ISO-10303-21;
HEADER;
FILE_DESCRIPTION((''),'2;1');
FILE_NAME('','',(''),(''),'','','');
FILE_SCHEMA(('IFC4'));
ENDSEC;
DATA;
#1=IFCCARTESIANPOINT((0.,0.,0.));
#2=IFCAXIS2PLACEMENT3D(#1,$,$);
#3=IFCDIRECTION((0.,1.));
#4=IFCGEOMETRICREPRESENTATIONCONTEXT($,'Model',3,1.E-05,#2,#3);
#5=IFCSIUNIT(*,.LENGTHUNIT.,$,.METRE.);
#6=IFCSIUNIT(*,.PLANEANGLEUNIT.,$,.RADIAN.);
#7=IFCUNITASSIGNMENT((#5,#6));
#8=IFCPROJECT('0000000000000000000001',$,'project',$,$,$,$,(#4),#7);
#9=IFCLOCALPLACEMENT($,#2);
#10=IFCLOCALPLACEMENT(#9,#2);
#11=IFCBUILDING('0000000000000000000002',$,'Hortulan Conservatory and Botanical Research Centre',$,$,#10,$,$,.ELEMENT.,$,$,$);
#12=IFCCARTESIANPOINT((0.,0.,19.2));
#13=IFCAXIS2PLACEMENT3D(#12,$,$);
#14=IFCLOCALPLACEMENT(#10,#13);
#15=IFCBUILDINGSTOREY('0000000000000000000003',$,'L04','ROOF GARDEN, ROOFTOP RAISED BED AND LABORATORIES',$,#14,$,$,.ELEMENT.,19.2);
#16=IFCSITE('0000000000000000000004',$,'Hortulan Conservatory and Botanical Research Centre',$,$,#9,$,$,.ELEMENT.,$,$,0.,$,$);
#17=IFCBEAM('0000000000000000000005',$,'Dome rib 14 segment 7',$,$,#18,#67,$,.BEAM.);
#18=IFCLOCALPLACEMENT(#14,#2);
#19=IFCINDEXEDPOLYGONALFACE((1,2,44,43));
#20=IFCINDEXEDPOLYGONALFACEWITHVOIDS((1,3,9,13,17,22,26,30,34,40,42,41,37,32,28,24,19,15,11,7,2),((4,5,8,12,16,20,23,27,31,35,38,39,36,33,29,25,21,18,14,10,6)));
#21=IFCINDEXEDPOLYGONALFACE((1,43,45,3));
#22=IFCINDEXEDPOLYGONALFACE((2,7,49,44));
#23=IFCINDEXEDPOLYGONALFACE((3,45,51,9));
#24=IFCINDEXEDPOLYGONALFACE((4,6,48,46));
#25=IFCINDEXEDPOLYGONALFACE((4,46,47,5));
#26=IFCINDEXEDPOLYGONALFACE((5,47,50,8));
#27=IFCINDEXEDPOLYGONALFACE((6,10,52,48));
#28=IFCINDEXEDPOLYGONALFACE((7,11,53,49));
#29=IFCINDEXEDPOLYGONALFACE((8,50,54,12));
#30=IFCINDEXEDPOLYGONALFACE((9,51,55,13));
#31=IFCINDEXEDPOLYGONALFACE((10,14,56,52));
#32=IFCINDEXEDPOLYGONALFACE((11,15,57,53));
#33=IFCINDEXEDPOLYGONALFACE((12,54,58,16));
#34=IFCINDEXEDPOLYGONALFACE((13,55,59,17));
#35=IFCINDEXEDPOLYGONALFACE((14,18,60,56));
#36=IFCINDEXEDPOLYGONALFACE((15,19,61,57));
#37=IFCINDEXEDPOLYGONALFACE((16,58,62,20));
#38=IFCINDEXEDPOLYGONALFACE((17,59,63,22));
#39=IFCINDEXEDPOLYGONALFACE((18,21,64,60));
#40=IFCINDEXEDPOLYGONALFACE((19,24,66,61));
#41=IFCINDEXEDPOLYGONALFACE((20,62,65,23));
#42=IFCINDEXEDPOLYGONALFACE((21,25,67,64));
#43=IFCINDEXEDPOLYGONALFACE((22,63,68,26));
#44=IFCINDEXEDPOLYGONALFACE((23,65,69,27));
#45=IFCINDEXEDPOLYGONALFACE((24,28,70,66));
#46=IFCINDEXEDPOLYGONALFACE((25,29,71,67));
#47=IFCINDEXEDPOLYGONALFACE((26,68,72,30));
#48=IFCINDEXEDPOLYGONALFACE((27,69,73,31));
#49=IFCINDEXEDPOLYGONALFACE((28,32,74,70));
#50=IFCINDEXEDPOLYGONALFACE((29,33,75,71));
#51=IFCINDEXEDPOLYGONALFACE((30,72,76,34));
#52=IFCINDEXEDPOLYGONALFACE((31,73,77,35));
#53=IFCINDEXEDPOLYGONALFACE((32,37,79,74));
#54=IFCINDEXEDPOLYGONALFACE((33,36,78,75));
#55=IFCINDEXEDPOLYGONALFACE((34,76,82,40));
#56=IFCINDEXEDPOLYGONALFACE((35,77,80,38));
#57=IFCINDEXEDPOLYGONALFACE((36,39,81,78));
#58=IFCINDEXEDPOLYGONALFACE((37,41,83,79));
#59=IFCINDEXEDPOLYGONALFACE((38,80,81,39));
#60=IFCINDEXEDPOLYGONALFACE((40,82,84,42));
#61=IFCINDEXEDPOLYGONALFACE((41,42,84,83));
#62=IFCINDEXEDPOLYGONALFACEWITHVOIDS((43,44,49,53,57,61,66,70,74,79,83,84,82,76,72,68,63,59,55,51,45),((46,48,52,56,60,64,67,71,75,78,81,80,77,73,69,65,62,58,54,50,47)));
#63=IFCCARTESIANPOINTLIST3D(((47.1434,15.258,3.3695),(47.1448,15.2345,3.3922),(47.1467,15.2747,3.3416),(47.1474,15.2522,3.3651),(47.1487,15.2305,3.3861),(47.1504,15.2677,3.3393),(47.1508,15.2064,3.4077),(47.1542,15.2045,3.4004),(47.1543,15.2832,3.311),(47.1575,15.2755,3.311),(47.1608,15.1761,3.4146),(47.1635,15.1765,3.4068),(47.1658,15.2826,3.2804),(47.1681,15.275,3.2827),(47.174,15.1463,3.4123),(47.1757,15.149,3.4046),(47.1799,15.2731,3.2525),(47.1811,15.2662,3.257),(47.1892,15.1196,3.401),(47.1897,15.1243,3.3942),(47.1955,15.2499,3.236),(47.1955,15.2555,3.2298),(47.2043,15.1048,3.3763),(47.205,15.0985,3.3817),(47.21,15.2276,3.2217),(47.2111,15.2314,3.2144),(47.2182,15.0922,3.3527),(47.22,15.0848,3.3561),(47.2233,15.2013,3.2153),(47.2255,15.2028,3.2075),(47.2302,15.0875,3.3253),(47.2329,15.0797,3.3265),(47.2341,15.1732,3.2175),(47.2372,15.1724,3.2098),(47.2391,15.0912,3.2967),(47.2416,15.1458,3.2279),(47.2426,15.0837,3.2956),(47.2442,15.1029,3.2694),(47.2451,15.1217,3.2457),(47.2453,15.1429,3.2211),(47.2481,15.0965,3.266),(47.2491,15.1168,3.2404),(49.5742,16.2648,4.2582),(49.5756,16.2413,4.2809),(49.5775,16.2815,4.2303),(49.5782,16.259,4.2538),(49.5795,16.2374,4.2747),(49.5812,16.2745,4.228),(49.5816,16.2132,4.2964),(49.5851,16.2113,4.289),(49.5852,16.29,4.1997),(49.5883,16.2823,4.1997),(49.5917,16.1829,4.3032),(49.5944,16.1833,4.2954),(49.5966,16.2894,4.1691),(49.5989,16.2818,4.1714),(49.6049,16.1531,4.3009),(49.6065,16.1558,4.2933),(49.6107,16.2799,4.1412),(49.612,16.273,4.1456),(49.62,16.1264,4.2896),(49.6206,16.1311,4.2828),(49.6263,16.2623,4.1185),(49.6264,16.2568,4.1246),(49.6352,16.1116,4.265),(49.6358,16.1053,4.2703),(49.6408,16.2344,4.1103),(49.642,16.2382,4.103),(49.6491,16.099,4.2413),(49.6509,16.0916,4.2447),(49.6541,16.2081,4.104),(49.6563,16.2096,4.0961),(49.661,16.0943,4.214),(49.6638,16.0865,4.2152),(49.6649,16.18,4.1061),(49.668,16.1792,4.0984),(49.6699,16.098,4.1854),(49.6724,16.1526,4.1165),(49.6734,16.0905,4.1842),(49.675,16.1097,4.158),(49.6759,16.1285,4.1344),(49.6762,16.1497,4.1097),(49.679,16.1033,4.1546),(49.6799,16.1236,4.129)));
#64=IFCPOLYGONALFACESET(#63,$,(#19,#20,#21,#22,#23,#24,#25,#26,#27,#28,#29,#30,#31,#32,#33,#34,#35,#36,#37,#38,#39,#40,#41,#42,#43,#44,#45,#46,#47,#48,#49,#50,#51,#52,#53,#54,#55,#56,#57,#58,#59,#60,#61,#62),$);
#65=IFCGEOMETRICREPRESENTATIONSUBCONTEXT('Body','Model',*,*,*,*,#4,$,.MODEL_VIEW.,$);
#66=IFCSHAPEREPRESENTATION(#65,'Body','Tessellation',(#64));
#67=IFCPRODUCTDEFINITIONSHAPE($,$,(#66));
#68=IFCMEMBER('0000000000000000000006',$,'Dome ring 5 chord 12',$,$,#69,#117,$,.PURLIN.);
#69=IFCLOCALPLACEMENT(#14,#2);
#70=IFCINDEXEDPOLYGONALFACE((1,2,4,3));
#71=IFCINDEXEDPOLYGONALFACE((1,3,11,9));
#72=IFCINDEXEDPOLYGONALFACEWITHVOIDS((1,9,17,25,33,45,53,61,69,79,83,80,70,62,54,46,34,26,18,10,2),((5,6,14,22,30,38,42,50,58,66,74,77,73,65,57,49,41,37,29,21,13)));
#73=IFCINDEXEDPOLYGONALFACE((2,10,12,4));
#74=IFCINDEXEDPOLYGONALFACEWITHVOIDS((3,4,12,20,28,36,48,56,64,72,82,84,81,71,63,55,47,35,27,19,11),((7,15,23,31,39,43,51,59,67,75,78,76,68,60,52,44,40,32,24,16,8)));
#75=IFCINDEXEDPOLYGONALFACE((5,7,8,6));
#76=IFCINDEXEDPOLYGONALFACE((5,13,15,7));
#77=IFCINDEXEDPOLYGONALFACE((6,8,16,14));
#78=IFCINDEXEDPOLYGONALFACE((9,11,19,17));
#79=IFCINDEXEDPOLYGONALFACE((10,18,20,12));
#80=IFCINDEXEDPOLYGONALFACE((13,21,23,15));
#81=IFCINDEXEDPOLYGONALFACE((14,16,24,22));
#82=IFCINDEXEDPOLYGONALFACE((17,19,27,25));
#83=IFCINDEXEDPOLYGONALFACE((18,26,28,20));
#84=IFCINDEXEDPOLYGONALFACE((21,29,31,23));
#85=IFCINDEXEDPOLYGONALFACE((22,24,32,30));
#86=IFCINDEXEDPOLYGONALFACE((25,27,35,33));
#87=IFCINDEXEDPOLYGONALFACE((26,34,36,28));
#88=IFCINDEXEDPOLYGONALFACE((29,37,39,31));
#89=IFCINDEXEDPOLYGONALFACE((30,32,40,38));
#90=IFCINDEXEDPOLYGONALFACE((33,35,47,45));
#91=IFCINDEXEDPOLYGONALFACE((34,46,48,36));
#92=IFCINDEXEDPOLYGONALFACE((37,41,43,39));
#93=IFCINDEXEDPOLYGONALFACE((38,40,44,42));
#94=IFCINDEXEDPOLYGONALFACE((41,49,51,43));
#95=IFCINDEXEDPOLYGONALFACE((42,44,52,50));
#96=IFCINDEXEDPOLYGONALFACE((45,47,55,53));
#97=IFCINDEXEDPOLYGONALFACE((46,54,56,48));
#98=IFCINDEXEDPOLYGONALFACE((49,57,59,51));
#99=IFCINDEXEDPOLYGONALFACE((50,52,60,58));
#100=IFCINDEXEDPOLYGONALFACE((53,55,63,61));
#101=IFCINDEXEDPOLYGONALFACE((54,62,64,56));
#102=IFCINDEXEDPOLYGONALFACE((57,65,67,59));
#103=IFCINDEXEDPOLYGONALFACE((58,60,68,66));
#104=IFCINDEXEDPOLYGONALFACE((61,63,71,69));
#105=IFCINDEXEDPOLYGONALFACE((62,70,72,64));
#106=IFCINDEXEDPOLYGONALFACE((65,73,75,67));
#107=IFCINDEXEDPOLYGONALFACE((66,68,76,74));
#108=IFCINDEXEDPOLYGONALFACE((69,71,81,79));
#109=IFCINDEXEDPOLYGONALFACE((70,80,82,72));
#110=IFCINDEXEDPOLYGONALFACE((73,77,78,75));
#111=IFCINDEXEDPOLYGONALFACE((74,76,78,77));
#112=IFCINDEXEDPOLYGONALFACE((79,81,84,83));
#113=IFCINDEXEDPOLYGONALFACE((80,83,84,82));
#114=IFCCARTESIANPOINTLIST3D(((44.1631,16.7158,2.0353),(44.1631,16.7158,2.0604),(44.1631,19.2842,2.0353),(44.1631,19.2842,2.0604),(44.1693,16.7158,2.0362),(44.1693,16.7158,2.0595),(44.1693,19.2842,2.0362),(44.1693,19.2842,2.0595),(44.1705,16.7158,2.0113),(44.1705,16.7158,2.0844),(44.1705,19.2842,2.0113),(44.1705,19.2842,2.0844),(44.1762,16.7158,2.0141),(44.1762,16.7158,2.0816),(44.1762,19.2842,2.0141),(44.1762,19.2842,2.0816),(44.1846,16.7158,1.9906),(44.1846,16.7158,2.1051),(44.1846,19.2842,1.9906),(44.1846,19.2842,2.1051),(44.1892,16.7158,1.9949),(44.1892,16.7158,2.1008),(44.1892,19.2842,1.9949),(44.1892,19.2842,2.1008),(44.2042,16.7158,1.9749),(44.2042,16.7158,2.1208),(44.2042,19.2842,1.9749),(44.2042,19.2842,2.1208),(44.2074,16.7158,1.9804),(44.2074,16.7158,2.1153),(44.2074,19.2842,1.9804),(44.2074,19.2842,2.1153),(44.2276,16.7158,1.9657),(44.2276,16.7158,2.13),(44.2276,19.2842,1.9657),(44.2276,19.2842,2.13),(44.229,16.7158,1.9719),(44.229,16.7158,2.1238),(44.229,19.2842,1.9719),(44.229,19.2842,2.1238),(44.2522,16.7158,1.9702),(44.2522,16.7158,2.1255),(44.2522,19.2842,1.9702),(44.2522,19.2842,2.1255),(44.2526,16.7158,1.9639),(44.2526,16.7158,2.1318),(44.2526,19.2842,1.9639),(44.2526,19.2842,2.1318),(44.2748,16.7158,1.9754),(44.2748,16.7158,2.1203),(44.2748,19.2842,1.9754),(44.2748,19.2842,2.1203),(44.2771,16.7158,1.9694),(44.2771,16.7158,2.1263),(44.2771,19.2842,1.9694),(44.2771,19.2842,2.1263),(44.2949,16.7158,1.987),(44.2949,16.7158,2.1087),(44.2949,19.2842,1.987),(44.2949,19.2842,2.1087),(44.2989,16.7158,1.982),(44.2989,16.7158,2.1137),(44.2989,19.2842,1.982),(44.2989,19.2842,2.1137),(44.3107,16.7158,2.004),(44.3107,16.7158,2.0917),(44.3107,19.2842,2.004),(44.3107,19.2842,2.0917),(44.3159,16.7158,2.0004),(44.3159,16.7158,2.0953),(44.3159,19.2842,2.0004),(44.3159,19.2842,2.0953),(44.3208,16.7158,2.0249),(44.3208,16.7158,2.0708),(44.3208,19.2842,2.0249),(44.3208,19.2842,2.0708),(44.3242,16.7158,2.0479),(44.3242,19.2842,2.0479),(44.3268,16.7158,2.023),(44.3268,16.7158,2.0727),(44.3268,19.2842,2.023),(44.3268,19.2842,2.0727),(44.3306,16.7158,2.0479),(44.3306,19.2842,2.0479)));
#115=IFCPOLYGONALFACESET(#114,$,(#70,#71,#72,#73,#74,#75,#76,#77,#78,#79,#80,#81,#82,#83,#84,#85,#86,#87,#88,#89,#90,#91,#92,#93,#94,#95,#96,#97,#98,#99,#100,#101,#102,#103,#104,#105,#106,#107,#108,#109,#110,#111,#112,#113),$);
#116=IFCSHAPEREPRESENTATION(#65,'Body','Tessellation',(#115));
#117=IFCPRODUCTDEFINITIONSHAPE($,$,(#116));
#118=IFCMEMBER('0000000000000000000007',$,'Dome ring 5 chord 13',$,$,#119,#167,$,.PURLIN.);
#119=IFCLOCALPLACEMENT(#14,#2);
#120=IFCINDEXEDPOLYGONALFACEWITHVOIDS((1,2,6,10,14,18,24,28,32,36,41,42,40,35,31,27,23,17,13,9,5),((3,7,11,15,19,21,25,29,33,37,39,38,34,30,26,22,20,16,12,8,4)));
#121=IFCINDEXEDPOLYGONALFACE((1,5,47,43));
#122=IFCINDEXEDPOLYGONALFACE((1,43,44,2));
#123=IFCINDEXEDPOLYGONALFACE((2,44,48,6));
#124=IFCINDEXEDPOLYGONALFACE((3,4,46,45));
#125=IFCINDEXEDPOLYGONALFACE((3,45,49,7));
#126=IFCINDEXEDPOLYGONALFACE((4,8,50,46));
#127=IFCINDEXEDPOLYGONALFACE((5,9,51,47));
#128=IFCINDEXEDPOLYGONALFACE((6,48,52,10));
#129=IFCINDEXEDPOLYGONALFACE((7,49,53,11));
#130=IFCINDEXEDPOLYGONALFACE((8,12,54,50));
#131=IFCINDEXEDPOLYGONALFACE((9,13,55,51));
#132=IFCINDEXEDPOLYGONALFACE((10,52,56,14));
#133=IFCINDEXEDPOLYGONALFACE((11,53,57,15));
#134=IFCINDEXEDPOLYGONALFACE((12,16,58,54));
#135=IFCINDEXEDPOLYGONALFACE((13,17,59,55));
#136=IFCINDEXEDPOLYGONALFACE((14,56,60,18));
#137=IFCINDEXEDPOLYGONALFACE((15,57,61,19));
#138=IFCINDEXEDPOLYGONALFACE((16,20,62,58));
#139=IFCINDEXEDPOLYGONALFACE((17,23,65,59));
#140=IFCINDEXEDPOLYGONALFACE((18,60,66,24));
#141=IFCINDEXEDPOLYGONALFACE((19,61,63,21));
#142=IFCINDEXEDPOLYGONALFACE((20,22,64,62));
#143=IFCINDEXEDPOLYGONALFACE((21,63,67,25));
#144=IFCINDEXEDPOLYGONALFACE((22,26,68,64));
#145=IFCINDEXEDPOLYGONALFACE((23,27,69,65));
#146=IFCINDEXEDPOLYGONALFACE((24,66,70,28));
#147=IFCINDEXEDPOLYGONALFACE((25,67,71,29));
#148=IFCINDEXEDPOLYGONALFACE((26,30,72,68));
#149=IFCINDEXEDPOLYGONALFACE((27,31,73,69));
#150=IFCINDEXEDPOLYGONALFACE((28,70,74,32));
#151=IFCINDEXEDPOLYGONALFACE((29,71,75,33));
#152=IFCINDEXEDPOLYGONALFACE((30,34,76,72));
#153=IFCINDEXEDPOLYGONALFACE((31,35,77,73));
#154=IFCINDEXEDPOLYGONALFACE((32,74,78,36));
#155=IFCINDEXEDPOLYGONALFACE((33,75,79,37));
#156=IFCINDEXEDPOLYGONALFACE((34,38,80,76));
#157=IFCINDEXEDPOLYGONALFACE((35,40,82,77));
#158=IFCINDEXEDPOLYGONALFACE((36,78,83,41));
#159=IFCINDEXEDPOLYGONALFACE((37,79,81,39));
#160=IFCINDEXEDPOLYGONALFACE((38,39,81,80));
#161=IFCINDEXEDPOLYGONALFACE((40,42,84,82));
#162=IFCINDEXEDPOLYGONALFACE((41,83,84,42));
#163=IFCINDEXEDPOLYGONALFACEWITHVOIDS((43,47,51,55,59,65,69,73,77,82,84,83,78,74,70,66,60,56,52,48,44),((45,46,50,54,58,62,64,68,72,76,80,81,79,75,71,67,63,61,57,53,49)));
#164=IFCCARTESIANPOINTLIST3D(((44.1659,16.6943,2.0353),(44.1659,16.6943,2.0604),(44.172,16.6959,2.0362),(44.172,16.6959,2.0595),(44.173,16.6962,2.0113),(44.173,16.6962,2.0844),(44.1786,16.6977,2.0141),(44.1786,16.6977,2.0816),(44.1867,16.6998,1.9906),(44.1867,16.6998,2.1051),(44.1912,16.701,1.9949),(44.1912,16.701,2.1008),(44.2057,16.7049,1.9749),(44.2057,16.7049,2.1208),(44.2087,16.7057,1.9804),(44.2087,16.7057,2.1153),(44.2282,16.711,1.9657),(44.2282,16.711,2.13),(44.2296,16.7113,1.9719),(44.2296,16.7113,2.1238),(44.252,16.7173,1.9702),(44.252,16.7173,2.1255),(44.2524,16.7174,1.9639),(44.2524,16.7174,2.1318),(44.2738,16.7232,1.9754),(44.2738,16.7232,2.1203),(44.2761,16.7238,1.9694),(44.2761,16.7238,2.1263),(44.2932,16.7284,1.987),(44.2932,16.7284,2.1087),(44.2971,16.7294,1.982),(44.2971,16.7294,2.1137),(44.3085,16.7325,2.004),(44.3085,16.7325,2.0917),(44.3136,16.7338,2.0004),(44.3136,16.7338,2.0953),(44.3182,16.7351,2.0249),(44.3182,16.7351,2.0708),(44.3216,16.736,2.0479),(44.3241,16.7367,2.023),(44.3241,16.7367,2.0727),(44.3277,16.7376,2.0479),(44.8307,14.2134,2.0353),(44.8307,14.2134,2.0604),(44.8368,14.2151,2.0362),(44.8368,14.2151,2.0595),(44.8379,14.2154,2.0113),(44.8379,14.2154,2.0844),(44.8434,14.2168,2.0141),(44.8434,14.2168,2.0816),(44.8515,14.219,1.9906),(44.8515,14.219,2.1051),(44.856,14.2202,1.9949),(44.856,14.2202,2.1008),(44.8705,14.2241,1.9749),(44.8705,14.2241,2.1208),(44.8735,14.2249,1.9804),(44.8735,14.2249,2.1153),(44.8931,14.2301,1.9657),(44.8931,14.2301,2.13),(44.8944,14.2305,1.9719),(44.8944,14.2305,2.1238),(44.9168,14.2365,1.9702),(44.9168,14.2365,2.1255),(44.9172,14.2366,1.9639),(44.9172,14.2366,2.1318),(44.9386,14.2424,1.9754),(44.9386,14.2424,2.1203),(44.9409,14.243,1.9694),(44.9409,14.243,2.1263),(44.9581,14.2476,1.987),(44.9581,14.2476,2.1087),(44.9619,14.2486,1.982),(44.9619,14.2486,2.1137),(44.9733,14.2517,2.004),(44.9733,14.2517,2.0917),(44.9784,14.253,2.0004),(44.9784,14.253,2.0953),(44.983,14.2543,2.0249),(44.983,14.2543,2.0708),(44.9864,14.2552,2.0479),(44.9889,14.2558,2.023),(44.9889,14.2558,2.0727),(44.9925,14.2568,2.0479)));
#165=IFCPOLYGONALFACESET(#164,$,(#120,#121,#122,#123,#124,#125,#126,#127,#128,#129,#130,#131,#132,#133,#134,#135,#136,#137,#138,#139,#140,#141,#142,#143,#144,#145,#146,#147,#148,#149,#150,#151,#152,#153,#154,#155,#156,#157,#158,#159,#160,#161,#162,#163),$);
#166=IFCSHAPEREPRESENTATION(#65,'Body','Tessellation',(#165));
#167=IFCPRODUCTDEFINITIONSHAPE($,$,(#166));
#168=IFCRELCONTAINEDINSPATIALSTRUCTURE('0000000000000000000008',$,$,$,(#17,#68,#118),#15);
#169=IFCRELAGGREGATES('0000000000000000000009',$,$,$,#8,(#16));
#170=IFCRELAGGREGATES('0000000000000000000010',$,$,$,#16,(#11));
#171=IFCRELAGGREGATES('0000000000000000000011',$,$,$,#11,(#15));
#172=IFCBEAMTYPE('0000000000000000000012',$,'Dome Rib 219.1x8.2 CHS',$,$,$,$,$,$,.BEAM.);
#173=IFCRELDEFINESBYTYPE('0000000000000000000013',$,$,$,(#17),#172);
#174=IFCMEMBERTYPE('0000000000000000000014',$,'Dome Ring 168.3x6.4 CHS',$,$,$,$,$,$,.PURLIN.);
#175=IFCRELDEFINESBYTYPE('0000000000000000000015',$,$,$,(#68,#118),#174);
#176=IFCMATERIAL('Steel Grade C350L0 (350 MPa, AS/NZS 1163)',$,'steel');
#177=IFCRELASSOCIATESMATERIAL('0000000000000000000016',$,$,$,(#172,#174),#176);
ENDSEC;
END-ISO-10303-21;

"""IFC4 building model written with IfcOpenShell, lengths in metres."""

from ifc_helpers import new_model, si_unit, direction, frame, origin, origin_2d, place, context, subcontext, project, spatial, hollow_circle, extrude, material, material_profile, profile_set, type_object, element, save


model = new_model("IFC4")

# Units and contexts
model_context = context("Model", 3, precision=1e-05, world=origin(), true_north=direction((0.0, 1.0)))
body_context = subcontext(model_context, "Body", "Model", "MODEL_VIEW")
ifc_project = project(units=[si_unit("LENGTHUNIT", "METRE"), si_unit("PLANEANGLEUNIT", "RADIAN")], contexts=[model_context])

# Site, building, storey
site_placement = place(None, origin())
site = spatial("IfcSite", under=ifc_project, at=site_placement, Name="Hortulan Conservatory and Botanical Research Centre", CompositionType="ELEMENT", RefElevation=0.0)
building_placement = place(site_placement, origin())
building = spatial("IfcBuilding", under=site, at=building_placement, Name="Hortulan Conservatory and Botanical Research Centre", CompositionType="ELEMENT")
storey_placement = place(building_placement, frame((0.0, 0.0, 19.2)))
storey = spatial("IfcBuildingStorey", under=building, at=storey_placement, Name="L04", Description="ROOF GARDEN, ROOFTOP RAISED BED AND LABORATORIES", CompositionType="ELEMENT", Elevation=19.2)

# Beam
ifc_material_1 = material(Name="Steel Grade C350L0 (350 MPa, AS/NZS 1163)", Category="steel")
ifc_material_profile_1 = material_profile(ifc_material_1, hollow_circle(Radius=0.1096, WallThickness=0.0083, at=origin_2d()), Name="219.1x8.2CHS")
ifc_profile_set_1 = profile_set([ifc_material_profile_1], Name="Steel Grade C350L0 (350 MPa, AS/NZS 1163)")
beam_type = type_object("IfcBeamType", Name="Dome Rib 219.1x8.2 CHS", PredefinedType="BEAM", material=ifc_profile_set_1)
beam_1_placement = place(storey_placement, frame((47.1963, 15.1819, 3.311), z_axis=(0.875313, 0.362538, 0.31999), x_axis=(-0.382658, 0.92389, 0.0)))
element("IfcBeam", 1, at=beam_1_placement, inside=storey, type_object=beam_type, Name="Dome rib 14 segment 7", PredefinedType="BEAM", context=body_context, shape_type="SweptSolid", body=[
    extrude(hollow_circle(Radius=0.1096, WallThickness=0.0083, at=origin_2d()), origin(), (0.0, 0.0, 1.0), 2.7771),
])

# Members
ifc_material_profile_2 = material_profile(ifc_material_1, hollow_circle(Radius=0.0842, WallThickness=0.0063, at=origin_2d()), Name="168.3x6.4CHS")
ifc_profile_set_2 = profile_set([ifc_material_profile_2], Name="Steel Grade C350L0 (350 MPa, AS/NZS 1163)")
member_type_1 = type_object("IfcMemberType", Name="Dome Ring 168.3x6.4 CHS", PredefinedType="PURLIN", material=ifc_profile_set_2)
for number, where, z_axis, x_axis, name in (
    (2, (44.2463, 19.2842, 2.0479), (0.0, -1.0, 0.0), (1.0, 0.0, 0.0), "Dome ring 5 chord 12"),
    (3, (44.2463, 16.7158, 2.0479), (0.258852, -0.965917, 0.0), (0.965917, 0.258852, 0.0), "Dome ring 5 chord 13"),
):
    element("IfcMember", number, at=place(storey_placement, frame(where, z_axis=z_axis, x_axis=x_axis)), inside=storey, type_object=member_type_1, Name=name, PredefinedType="PURLIN", context=body_context, shape_type="SweptSolid", body=[
        extrude(hollow_circle(Radius=0.0842, WallThickness=0.0063, at=origin_2d()), origin(), (0.0, 0.0, 1.0), 2.5684),
    ])

save(model, "model.ifc")
